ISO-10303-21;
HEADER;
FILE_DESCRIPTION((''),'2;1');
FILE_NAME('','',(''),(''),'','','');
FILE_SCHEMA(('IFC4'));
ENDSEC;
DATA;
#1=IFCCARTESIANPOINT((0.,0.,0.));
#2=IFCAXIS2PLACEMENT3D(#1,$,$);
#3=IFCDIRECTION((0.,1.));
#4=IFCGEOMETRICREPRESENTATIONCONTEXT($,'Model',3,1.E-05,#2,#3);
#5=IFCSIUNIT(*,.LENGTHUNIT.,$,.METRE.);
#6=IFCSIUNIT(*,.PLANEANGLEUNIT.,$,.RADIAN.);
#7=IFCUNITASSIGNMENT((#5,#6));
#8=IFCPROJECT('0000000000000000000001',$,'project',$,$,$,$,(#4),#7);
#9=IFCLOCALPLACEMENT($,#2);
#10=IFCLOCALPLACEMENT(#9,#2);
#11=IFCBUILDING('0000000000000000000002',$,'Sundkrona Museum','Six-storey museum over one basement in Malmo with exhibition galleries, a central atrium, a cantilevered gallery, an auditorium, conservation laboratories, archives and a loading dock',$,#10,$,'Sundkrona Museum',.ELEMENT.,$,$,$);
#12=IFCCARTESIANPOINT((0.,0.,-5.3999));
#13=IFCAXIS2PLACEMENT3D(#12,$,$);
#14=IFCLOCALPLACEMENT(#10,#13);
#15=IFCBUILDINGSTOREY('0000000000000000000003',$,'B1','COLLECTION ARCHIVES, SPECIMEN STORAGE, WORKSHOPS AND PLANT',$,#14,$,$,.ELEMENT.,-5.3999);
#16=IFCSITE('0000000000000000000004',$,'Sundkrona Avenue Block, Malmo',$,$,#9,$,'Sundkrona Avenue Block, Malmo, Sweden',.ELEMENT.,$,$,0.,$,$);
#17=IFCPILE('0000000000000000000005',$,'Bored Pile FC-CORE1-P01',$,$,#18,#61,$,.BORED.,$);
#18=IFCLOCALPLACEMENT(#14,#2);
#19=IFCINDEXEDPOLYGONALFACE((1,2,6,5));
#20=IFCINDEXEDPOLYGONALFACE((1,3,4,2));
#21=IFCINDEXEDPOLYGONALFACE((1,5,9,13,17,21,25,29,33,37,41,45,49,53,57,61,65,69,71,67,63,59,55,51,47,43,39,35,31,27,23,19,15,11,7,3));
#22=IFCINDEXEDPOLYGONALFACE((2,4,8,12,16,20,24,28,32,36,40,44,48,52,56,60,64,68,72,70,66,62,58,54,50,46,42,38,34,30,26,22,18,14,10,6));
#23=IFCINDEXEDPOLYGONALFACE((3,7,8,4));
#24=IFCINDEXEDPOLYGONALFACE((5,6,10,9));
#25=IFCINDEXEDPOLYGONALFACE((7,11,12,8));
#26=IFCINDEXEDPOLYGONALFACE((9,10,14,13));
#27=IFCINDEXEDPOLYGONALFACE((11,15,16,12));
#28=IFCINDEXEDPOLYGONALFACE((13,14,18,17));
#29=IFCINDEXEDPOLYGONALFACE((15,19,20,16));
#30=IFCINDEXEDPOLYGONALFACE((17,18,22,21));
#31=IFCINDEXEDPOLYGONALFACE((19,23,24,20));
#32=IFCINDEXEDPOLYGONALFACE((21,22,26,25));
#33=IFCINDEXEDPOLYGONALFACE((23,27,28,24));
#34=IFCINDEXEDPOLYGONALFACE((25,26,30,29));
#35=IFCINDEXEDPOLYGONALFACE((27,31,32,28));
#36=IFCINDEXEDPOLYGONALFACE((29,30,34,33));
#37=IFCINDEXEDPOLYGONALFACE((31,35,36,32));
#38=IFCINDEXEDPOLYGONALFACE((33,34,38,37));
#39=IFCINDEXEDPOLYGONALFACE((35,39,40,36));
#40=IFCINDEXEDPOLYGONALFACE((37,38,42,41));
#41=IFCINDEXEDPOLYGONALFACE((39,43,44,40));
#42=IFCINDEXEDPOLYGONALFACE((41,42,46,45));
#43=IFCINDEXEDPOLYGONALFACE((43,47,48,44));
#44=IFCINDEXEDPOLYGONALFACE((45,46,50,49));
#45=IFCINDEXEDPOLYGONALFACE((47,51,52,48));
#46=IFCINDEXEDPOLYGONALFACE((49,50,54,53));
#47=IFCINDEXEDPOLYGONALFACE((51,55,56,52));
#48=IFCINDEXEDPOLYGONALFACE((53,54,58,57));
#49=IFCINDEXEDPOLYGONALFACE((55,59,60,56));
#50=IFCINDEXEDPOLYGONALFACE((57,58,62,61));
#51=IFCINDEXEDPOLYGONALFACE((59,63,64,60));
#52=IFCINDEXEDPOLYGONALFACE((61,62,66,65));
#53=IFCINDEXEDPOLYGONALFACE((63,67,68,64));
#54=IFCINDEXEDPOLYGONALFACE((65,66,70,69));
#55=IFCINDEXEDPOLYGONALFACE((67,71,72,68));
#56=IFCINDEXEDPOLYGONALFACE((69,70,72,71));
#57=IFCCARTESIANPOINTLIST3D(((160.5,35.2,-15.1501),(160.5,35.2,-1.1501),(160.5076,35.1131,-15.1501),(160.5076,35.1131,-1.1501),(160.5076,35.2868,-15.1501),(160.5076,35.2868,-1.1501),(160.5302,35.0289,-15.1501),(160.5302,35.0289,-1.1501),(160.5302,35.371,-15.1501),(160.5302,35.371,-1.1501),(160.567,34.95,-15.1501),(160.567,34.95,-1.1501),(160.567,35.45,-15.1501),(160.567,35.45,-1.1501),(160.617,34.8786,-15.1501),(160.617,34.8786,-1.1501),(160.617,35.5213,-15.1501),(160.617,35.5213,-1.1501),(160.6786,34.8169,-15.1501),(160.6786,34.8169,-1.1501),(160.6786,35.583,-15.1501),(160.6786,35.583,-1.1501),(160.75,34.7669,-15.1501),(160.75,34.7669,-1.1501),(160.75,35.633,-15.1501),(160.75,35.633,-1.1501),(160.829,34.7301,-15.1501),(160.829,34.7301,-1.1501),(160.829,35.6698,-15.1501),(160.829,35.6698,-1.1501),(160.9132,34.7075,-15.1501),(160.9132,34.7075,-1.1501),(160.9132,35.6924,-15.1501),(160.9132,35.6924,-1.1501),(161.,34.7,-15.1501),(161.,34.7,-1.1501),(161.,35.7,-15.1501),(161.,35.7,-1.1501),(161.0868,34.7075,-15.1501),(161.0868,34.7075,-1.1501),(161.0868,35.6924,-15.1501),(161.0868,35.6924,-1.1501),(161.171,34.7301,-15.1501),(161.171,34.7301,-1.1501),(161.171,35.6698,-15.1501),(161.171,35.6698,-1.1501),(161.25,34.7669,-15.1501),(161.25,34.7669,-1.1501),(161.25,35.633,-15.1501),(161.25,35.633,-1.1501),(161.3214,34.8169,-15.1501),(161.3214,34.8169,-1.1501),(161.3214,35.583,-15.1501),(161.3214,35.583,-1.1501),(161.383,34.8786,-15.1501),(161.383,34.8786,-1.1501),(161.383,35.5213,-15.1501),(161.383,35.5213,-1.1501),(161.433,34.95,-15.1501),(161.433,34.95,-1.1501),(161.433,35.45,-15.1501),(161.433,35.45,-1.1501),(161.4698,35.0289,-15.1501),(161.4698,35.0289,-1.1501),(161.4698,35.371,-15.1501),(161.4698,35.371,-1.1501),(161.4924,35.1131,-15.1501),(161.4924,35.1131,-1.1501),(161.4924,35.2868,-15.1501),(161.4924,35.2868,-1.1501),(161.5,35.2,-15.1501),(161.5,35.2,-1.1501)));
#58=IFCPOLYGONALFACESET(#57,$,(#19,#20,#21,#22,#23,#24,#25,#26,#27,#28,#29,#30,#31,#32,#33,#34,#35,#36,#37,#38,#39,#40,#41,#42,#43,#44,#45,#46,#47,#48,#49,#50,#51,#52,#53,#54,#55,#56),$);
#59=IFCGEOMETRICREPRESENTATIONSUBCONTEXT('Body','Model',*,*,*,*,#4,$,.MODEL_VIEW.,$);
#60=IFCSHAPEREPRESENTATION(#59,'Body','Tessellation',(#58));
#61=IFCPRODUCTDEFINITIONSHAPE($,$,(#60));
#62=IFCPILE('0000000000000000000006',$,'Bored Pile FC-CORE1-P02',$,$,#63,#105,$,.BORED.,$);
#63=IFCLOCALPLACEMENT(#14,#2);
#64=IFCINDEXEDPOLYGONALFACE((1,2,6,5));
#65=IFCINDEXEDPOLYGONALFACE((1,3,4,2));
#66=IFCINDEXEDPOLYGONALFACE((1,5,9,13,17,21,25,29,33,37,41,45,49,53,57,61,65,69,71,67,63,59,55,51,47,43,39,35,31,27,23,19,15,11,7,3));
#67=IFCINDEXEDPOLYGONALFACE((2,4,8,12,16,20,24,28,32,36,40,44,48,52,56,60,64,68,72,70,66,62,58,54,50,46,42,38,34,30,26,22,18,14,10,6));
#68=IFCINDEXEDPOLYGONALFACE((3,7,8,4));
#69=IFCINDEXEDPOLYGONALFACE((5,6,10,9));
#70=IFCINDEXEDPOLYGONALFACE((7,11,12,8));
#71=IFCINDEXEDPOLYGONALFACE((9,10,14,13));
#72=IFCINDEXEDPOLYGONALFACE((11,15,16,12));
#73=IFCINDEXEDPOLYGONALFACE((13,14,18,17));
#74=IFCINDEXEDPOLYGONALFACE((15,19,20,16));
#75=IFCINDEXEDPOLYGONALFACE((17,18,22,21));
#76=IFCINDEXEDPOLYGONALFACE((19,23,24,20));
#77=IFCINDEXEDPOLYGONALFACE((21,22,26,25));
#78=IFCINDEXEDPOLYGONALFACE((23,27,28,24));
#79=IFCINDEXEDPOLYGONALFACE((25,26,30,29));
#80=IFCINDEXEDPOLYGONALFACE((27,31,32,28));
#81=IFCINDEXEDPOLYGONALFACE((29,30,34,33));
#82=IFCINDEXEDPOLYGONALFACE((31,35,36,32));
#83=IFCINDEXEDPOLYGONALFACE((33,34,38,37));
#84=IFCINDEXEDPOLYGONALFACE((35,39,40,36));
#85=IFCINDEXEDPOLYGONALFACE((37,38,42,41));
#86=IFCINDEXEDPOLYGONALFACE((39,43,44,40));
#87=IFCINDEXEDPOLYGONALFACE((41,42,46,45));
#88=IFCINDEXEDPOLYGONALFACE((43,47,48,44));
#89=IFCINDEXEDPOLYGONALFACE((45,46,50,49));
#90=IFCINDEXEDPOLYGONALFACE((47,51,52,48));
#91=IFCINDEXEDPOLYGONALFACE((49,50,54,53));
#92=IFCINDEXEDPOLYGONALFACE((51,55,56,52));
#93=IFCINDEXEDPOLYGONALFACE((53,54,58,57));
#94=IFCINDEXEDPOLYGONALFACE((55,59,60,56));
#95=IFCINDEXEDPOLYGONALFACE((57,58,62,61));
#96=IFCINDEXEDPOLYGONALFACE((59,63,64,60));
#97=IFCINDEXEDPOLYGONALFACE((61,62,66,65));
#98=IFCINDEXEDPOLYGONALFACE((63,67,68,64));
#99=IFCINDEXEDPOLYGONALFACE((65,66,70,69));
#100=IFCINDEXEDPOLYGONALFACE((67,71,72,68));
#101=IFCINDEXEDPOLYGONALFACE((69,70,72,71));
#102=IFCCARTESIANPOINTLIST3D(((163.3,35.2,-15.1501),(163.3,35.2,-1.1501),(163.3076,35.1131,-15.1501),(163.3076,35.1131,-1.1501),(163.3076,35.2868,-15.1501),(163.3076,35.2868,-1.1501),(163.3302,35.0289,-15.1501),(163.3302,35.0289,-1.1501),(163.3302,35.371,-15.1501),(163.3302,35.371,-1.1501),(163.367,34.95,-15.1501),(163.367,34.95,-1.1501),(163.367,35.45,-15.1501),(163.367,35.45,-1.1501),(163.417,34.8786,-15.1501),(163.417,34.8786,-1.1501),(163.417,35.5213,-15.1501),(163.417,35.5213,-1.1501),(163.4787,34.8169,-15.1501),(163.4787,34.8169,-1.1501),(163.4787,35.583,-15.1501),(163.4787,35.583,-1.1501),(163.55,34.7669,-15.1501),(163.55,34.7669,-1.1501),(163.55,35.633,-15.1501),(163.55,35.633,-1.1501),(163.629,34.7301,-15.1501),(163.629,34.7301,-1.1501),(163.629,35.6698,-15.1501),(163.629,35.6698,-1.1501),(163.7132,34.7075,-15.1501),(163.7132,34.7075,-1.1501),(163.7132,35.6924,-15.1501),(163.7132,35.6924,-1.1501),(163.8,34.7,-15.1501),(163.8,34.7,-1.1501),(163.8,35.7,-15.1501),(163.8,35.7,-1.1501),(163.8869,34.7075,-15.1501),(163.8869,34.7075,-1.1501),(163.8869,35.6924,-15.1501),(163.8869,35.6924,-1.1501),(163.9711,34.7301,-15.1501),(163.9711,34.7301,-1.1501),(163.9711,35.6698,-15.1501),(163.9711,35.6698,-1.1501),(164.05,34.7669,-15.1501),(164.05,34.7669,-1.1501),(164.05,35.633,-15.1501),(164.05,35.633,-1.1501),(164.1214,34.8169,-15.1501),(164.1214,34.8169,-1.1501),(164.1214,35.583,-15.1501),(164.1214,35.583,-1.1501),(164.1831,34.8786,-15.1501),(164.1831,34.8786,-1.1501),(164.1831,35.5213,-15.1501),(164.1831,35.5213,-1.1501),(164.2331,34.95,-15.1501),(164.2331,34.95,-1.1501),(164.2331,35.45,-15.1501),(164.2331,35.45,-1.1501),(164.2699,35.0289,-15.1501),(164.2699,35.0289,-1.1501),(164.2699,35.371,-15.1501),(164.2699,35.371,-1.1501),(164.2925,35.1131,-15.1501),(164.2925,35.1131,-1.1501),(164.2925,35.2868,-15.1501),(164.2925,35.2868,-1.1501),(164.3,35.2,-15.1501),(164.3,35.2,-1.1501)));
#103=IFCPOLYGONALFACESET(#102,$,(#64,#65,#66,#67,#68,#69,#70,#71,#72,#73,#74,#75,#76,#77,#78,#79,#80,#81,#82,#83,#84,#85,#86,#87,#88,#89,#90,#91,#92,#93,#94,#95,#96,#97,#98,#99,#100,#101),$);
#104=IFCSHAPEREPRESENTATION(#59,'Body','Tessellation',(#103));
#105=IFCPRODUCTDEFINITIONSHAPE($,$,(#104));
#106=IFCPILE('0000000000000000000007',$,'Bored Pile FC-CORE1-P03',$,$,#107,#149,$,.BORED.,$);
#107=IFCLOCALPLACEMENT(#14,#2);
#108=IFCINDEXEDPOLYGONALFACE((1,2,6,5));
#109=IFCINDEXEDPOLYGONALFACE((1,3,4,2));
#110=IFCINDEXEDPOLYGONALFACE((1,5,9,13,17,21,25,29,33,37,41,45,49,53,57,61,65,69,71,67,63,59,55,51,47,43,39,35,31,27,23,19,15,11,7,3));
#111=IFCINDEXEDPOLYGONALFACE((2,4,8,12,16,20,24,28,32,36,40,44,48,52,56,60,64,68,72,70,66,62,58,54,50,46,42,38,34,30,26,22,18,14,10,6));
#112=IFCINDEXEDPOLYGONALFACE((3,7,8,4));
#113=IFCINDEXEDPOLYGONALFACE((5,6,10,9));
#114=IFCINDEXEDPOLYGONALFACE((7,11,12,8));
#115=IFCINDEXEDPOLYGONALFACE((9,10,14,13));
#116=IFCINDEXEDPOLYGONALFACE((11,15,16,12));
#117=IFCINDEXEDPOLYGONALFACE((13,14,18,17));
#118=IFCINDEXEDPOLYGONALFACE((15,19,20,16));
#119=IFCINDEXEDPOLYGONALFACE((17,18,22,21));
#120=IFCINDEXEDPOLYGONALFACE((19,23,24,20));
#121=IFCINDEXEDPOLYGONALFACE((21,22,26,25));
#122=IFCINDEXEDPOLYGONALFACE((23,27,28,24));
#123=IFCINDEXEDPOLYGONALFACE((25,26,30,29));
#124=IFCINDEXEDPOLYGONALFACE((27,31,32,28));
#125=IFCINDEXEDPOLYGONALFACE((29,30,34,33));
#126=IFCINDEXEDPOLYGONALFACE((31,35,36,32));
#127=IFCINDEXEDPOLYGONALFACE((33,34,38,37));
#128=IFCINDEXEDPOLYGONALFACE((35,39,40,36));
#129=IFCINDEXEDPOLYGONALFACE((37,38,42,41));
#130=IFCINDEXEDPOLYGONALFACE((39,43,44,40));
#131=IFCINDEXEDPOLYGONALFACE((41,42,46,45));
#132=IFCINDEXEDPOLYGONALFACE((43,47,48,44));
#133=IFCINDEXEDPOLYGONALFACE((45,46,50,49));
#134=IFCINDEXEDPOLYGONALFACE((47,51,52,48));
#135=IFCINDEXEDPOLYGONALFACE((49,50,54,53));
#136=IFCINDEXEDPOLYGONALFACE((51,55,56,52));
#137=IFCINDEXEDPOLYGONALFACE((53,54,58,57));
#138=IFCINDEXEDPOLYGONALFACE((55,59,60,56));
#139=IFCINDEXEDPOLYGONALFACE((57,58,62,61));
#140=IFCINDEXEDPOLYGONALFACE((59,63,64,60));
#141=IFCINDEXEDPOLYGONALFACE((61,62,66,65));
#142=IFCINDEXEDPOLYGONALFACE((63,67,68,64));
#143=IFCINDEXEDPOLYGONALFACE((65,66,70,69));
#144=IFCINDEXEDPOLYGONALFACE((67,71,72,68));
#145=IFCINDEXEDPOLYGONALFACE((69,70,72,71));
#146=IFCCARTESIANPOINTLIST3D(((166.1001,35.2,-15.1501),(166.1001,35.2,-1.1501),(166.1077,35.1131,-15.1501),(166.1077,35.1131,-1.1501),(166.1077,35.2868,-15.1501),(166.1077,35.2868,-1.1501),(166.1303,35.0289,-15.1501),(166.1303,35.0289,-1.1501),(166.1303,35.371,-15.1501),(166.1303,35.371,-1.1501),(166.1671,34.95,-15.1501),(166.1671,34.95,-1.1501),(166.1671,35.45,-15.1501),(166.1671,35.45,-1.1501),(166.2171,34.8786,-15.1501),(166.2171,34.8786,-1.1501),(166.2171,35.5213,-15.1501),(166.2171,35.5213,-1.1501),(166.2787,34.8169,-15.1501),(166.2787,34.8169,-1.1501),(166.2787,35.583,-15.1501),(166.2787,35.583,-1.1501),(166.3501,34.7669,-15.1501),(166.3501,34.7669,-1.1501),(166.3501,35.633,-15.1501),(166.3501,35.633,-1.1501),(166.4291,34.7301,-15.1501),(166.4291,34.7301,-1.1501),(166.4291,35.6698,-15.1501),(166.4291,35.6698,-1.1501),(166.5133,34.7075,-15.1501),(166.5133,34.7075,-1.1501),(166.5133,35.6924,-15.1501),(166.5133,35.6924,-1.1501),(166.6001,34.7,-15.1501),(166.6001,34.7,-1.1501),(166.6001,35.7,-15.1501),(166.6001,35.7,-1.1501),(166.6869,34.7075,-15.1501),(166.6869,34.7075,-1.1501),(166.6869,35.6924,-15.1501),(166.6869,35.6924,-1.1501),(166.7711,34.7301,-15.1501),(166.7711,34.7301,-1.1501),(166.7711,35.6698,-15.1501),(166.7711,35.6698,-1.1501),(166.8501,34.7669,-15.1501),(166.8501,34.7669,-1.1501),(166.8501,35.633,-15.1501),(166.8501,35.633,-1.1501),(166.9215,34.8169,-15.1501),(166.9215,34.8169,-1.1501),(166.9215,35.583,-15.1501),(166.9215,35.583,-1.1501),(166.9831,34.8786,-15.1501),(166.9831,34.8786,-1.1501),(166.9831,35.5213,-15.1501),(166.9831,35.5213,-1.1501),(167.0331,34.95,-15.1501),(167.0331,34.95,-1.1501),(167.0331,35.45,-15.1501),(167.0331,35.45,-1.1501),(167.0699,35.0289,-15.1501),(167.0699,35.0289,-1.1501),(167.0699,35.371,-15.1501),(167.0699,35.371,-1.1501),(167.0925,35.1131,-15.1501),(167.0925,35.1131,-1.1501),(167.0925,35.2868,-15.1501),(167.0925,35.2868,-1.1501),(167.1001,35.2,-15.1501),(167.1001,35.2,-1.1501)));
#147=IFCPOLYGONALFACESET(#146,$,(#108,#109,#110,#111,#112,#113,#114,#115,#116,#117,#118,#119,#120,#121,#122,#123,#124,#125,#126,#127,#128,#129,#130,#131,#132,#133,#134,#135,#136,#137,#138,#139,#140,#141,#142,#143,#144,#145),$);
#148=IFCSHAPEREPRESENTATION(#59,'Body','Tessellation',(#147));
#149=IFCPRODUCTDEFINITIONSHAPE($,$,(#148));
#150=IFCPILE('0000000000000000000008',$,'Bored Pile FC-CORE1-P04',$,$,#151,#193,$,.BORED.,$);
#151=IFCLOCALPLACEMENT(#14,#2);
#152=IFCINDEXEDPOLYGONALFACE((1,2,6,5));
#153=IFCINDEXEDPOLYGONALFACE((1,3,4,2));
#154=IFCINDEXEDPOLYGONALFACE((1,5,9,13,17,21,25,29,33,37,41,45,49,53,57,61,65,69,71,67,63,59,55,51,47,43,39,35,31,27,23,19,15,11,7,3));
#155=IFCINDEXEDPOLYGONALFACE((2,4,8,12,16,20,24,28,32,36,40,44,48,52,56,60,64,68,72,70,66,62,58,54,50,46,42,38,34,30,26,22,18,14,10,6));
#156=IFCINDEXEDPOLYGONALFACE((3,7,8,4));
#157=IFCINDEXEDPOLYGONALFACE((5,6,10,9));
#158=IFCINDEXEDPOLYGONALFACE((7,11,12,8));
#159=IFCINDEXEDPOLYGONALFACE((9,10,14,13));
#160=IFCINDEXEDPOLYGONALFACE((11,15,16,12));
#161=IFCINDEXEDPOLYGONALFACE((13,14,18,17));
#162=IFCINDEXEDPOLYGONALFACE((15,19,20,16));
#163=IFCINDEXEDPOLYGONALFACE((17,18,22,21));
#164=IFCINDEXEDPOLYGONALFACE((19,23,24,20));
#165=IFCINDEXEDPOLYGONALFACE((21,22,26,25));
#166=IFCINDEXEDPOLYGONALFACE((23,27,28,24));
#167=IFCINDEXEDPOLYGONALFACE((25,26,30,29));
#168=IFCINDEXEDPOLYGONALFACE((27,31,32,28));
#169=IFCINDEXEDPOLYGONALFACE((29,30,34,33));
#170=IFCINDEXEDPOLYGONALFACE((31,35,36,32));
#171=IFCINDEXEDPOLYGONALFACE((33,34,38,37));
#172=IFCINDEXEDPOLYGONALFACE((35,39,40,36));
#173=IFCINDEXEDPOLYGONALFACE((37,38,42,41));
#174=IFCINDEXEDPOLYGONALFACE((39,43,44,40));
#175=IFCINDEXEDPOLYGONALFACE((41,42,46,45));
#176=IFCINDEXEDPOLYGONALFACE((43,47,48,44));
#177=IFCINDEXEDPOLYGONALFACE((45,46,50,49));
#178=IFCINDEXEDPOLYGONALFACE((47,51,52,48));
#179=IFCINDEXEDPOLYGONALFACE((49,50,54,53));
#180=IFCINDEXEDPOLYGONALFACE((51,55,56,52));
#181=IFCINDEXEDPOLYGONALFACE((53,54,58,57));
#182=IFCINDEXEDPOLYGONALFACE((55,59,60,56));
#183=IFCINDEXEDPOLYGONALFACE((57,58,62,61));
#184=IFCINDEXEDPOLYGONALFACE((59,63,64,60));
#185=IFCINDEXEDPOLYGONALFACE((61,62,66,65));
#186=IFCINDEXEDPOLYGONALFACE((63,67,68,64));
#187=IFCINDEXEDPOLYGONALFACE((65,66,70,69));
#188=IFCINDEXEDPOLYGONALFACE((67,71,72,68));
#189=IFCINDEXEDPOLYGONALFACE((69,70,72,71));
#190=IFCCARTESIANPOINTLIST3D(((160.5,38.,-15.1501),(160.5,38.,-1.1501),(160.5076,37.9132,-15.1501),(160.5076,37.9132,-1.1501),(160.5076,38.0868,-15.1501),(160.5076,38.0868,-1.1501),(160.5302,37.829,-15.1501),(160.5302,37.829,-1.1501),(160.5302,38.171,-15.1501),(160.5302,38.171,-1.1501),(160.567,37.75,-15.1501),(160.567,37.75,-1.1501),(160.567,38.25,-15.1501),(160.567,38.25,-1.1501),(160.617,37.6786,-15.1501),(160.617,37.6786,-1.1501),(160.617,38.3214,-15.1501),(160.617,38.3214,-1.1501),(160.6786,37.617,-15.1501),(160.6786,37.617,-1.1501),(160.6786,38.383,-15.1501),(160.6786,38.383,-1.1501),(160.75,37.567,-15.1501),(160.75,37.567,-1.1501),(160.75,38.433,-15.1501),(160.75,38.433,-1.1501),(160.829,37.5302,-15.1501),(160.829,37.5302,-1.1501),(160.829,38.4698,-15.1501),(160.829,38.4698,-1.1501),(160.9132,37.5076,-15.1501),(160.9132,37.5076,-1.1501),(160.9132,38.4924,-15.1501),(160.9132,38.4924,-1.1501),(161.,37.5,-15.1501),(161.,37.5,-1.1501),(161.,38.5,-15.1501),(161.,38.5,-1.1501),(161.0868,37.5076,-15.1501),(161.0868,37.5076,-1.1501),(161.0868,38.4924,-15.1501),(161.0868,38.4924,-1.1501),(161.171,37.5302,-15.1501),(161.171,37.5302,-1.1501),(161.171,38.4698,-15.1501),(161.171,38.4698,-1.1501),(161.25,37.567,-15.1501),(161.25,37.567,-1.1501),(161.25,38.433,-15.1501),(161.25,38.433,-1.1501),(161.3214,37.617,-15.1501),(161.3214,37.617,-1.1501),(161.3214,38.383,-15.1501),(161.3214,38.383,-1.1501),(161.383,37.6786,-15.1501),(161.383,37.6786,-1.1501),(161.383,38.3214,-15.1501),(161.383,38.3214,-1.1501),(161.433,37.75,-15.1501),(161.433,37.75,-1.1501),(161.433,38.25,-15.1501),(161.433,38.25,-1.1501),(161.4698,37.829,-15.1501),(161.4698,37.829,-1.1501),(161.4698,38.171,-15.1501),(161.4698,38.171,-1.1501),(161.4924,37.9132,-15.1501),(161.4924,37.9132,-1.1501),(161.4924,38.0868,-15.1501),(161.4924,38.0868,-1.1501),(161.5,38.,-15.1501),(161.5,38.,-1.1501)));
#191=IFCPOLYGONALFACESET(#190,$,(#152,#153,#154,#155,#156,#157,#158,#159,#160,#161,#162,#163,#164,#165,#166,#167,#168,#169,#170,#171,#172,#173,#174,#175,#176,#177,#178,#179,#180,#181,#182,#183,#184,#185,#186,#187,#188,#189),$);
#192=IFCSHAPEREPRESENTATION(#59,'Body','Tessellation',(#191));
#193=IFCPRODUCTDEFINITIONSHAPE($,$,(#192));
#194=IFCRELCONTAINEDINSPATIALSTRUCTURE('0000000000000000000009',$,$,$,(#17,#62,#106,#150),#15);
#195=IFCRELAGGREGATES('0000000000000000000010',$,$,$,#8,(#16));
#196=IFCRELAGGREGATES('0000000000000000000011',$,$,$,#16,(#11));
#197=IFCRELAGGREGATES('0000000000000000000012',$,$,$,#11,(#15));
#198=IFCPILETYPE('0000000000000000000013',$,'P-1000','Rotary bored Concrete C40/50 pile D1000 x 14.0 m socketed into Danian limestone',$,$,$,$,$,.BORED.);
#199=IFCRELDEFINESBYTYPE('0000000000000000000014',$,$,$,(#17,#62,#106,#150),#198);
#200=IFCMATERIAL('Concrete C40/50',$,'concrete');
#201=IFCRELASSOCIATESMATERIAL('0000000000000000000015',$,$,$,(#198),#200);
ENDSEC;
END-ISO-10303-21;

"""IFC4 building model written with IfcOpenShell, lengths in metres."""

from ifc_helpers import new_model, si_unit, direction, frame, origin, origin_2d, place, context, subcontext, project, spatial, circle, extrude, material, material_profile, profile_set, type_object, element, save


model = new_model("IFC4")

# Units and contexts
model_context = context("Model", 3, precision=1e-05, world=origin(), true_north=direction((0.0, 1.0)))
body_context = subcontext(model_context, "Body", "Model", "MODEL_VIEW")
ifc_project = project(units=[si_unit("LENGTHUNIT", "METRE"), si_unit("PLANEANGLEUNIT", "RADIAN")], contexts=[model_context])

# Site, building, storey
site_placement = place(None, origin())
site = spatial("IfcSite", under=ifc_project, at=site_placement, Name="Sundkrona Avenue Block, Malmo", LongName="Sundkrona Avenue Block, Malmo, Sweden", CompositionType="ELEMENT", RefElevation=0.0)
building_placement = place(site_placement, origin())
building = spatial("IfcBuilding", under=site, at=building_placement, Name="Sundkrona Museum", Description="Six-storey museum over one basement in Malmo with exhibition galleries, a central atrium, a cantilevered gallery, an auditorium, conservation laboratories, archives and a loading dock", LongName="Sundkrona Museum", CompositionType="ELEMENT")
storey_placement = place(building_placement, frame((0.0, 0.0, -5.3999)))
storey = spatial("IfcBuildingStorey", under=building, at=storey_placement, Name="B1", Description="COLLECTION ARCHIVES, SPECIMEN STORAGE, WORKSHOPS AND PLANT", CompositionType="ELEMENT", Elevation=-5.3999)

# Piles
ifc_material_1 = material(Name="Concrete C40/50", Category="concrete")
ifc_material_profile_1 = material_profile(ifc_material_1, circle(Radius=0.5, at=origin_2d()), Name="PILE D1000")
ifc_profile_set_1 = profile_set([ifc_material_profile_1], Name="Concrete C40/50")
pile_type = type_object("IfcPileType", Name="P-1000", Description="Rotary bored Concrete C40/50 pile D1000 x 14.0 m socketed into Danian limestone", PredefinedType="BORED", material=ifc_profile_set_1)
for number, where, z_axis, x_axis, name in (
    (1, (161.0, 35.2, -1.1501), (0.0, 0.0, -1.0), (1.0, 0.0, 0.0), "Bored Pile FC-CORE1-P01"),
    (2, (163.8, 35.2, -1.1501), (0.0, 0.0, -1.0), (1.0, 0.0, 0.0), "Bored Pile FC-CORE1-P02"),
    (3, (166.6001, 35.2, -1.1501), (0.0, 0.0, -1.0), (1.0, 0.0, 0.0), "Bored Pile FC-CORE1-P03"),
    (4, (161.0, 38.0, -1.1501), (0.0, 0.0, -1.0), (1.0, 0.0, 0.0), "Bored Pile FC-CORE1-P04"),
):
    element("IfcPile", number, at=place(storey_placement, frame(where, z_axis=z_axis, x_axis=x_axis)), inside=storey, type_object=pile_type, Name=name, PredefinedType="BORED", context=body_context, shape_type="SweptSolid", body=[
        extrude(circle(Radius=0.5, at=origin_2d()), origin(), (0.0, 0.0, 1.0), 14.0),
    ])

save(model, "model.ifc")
